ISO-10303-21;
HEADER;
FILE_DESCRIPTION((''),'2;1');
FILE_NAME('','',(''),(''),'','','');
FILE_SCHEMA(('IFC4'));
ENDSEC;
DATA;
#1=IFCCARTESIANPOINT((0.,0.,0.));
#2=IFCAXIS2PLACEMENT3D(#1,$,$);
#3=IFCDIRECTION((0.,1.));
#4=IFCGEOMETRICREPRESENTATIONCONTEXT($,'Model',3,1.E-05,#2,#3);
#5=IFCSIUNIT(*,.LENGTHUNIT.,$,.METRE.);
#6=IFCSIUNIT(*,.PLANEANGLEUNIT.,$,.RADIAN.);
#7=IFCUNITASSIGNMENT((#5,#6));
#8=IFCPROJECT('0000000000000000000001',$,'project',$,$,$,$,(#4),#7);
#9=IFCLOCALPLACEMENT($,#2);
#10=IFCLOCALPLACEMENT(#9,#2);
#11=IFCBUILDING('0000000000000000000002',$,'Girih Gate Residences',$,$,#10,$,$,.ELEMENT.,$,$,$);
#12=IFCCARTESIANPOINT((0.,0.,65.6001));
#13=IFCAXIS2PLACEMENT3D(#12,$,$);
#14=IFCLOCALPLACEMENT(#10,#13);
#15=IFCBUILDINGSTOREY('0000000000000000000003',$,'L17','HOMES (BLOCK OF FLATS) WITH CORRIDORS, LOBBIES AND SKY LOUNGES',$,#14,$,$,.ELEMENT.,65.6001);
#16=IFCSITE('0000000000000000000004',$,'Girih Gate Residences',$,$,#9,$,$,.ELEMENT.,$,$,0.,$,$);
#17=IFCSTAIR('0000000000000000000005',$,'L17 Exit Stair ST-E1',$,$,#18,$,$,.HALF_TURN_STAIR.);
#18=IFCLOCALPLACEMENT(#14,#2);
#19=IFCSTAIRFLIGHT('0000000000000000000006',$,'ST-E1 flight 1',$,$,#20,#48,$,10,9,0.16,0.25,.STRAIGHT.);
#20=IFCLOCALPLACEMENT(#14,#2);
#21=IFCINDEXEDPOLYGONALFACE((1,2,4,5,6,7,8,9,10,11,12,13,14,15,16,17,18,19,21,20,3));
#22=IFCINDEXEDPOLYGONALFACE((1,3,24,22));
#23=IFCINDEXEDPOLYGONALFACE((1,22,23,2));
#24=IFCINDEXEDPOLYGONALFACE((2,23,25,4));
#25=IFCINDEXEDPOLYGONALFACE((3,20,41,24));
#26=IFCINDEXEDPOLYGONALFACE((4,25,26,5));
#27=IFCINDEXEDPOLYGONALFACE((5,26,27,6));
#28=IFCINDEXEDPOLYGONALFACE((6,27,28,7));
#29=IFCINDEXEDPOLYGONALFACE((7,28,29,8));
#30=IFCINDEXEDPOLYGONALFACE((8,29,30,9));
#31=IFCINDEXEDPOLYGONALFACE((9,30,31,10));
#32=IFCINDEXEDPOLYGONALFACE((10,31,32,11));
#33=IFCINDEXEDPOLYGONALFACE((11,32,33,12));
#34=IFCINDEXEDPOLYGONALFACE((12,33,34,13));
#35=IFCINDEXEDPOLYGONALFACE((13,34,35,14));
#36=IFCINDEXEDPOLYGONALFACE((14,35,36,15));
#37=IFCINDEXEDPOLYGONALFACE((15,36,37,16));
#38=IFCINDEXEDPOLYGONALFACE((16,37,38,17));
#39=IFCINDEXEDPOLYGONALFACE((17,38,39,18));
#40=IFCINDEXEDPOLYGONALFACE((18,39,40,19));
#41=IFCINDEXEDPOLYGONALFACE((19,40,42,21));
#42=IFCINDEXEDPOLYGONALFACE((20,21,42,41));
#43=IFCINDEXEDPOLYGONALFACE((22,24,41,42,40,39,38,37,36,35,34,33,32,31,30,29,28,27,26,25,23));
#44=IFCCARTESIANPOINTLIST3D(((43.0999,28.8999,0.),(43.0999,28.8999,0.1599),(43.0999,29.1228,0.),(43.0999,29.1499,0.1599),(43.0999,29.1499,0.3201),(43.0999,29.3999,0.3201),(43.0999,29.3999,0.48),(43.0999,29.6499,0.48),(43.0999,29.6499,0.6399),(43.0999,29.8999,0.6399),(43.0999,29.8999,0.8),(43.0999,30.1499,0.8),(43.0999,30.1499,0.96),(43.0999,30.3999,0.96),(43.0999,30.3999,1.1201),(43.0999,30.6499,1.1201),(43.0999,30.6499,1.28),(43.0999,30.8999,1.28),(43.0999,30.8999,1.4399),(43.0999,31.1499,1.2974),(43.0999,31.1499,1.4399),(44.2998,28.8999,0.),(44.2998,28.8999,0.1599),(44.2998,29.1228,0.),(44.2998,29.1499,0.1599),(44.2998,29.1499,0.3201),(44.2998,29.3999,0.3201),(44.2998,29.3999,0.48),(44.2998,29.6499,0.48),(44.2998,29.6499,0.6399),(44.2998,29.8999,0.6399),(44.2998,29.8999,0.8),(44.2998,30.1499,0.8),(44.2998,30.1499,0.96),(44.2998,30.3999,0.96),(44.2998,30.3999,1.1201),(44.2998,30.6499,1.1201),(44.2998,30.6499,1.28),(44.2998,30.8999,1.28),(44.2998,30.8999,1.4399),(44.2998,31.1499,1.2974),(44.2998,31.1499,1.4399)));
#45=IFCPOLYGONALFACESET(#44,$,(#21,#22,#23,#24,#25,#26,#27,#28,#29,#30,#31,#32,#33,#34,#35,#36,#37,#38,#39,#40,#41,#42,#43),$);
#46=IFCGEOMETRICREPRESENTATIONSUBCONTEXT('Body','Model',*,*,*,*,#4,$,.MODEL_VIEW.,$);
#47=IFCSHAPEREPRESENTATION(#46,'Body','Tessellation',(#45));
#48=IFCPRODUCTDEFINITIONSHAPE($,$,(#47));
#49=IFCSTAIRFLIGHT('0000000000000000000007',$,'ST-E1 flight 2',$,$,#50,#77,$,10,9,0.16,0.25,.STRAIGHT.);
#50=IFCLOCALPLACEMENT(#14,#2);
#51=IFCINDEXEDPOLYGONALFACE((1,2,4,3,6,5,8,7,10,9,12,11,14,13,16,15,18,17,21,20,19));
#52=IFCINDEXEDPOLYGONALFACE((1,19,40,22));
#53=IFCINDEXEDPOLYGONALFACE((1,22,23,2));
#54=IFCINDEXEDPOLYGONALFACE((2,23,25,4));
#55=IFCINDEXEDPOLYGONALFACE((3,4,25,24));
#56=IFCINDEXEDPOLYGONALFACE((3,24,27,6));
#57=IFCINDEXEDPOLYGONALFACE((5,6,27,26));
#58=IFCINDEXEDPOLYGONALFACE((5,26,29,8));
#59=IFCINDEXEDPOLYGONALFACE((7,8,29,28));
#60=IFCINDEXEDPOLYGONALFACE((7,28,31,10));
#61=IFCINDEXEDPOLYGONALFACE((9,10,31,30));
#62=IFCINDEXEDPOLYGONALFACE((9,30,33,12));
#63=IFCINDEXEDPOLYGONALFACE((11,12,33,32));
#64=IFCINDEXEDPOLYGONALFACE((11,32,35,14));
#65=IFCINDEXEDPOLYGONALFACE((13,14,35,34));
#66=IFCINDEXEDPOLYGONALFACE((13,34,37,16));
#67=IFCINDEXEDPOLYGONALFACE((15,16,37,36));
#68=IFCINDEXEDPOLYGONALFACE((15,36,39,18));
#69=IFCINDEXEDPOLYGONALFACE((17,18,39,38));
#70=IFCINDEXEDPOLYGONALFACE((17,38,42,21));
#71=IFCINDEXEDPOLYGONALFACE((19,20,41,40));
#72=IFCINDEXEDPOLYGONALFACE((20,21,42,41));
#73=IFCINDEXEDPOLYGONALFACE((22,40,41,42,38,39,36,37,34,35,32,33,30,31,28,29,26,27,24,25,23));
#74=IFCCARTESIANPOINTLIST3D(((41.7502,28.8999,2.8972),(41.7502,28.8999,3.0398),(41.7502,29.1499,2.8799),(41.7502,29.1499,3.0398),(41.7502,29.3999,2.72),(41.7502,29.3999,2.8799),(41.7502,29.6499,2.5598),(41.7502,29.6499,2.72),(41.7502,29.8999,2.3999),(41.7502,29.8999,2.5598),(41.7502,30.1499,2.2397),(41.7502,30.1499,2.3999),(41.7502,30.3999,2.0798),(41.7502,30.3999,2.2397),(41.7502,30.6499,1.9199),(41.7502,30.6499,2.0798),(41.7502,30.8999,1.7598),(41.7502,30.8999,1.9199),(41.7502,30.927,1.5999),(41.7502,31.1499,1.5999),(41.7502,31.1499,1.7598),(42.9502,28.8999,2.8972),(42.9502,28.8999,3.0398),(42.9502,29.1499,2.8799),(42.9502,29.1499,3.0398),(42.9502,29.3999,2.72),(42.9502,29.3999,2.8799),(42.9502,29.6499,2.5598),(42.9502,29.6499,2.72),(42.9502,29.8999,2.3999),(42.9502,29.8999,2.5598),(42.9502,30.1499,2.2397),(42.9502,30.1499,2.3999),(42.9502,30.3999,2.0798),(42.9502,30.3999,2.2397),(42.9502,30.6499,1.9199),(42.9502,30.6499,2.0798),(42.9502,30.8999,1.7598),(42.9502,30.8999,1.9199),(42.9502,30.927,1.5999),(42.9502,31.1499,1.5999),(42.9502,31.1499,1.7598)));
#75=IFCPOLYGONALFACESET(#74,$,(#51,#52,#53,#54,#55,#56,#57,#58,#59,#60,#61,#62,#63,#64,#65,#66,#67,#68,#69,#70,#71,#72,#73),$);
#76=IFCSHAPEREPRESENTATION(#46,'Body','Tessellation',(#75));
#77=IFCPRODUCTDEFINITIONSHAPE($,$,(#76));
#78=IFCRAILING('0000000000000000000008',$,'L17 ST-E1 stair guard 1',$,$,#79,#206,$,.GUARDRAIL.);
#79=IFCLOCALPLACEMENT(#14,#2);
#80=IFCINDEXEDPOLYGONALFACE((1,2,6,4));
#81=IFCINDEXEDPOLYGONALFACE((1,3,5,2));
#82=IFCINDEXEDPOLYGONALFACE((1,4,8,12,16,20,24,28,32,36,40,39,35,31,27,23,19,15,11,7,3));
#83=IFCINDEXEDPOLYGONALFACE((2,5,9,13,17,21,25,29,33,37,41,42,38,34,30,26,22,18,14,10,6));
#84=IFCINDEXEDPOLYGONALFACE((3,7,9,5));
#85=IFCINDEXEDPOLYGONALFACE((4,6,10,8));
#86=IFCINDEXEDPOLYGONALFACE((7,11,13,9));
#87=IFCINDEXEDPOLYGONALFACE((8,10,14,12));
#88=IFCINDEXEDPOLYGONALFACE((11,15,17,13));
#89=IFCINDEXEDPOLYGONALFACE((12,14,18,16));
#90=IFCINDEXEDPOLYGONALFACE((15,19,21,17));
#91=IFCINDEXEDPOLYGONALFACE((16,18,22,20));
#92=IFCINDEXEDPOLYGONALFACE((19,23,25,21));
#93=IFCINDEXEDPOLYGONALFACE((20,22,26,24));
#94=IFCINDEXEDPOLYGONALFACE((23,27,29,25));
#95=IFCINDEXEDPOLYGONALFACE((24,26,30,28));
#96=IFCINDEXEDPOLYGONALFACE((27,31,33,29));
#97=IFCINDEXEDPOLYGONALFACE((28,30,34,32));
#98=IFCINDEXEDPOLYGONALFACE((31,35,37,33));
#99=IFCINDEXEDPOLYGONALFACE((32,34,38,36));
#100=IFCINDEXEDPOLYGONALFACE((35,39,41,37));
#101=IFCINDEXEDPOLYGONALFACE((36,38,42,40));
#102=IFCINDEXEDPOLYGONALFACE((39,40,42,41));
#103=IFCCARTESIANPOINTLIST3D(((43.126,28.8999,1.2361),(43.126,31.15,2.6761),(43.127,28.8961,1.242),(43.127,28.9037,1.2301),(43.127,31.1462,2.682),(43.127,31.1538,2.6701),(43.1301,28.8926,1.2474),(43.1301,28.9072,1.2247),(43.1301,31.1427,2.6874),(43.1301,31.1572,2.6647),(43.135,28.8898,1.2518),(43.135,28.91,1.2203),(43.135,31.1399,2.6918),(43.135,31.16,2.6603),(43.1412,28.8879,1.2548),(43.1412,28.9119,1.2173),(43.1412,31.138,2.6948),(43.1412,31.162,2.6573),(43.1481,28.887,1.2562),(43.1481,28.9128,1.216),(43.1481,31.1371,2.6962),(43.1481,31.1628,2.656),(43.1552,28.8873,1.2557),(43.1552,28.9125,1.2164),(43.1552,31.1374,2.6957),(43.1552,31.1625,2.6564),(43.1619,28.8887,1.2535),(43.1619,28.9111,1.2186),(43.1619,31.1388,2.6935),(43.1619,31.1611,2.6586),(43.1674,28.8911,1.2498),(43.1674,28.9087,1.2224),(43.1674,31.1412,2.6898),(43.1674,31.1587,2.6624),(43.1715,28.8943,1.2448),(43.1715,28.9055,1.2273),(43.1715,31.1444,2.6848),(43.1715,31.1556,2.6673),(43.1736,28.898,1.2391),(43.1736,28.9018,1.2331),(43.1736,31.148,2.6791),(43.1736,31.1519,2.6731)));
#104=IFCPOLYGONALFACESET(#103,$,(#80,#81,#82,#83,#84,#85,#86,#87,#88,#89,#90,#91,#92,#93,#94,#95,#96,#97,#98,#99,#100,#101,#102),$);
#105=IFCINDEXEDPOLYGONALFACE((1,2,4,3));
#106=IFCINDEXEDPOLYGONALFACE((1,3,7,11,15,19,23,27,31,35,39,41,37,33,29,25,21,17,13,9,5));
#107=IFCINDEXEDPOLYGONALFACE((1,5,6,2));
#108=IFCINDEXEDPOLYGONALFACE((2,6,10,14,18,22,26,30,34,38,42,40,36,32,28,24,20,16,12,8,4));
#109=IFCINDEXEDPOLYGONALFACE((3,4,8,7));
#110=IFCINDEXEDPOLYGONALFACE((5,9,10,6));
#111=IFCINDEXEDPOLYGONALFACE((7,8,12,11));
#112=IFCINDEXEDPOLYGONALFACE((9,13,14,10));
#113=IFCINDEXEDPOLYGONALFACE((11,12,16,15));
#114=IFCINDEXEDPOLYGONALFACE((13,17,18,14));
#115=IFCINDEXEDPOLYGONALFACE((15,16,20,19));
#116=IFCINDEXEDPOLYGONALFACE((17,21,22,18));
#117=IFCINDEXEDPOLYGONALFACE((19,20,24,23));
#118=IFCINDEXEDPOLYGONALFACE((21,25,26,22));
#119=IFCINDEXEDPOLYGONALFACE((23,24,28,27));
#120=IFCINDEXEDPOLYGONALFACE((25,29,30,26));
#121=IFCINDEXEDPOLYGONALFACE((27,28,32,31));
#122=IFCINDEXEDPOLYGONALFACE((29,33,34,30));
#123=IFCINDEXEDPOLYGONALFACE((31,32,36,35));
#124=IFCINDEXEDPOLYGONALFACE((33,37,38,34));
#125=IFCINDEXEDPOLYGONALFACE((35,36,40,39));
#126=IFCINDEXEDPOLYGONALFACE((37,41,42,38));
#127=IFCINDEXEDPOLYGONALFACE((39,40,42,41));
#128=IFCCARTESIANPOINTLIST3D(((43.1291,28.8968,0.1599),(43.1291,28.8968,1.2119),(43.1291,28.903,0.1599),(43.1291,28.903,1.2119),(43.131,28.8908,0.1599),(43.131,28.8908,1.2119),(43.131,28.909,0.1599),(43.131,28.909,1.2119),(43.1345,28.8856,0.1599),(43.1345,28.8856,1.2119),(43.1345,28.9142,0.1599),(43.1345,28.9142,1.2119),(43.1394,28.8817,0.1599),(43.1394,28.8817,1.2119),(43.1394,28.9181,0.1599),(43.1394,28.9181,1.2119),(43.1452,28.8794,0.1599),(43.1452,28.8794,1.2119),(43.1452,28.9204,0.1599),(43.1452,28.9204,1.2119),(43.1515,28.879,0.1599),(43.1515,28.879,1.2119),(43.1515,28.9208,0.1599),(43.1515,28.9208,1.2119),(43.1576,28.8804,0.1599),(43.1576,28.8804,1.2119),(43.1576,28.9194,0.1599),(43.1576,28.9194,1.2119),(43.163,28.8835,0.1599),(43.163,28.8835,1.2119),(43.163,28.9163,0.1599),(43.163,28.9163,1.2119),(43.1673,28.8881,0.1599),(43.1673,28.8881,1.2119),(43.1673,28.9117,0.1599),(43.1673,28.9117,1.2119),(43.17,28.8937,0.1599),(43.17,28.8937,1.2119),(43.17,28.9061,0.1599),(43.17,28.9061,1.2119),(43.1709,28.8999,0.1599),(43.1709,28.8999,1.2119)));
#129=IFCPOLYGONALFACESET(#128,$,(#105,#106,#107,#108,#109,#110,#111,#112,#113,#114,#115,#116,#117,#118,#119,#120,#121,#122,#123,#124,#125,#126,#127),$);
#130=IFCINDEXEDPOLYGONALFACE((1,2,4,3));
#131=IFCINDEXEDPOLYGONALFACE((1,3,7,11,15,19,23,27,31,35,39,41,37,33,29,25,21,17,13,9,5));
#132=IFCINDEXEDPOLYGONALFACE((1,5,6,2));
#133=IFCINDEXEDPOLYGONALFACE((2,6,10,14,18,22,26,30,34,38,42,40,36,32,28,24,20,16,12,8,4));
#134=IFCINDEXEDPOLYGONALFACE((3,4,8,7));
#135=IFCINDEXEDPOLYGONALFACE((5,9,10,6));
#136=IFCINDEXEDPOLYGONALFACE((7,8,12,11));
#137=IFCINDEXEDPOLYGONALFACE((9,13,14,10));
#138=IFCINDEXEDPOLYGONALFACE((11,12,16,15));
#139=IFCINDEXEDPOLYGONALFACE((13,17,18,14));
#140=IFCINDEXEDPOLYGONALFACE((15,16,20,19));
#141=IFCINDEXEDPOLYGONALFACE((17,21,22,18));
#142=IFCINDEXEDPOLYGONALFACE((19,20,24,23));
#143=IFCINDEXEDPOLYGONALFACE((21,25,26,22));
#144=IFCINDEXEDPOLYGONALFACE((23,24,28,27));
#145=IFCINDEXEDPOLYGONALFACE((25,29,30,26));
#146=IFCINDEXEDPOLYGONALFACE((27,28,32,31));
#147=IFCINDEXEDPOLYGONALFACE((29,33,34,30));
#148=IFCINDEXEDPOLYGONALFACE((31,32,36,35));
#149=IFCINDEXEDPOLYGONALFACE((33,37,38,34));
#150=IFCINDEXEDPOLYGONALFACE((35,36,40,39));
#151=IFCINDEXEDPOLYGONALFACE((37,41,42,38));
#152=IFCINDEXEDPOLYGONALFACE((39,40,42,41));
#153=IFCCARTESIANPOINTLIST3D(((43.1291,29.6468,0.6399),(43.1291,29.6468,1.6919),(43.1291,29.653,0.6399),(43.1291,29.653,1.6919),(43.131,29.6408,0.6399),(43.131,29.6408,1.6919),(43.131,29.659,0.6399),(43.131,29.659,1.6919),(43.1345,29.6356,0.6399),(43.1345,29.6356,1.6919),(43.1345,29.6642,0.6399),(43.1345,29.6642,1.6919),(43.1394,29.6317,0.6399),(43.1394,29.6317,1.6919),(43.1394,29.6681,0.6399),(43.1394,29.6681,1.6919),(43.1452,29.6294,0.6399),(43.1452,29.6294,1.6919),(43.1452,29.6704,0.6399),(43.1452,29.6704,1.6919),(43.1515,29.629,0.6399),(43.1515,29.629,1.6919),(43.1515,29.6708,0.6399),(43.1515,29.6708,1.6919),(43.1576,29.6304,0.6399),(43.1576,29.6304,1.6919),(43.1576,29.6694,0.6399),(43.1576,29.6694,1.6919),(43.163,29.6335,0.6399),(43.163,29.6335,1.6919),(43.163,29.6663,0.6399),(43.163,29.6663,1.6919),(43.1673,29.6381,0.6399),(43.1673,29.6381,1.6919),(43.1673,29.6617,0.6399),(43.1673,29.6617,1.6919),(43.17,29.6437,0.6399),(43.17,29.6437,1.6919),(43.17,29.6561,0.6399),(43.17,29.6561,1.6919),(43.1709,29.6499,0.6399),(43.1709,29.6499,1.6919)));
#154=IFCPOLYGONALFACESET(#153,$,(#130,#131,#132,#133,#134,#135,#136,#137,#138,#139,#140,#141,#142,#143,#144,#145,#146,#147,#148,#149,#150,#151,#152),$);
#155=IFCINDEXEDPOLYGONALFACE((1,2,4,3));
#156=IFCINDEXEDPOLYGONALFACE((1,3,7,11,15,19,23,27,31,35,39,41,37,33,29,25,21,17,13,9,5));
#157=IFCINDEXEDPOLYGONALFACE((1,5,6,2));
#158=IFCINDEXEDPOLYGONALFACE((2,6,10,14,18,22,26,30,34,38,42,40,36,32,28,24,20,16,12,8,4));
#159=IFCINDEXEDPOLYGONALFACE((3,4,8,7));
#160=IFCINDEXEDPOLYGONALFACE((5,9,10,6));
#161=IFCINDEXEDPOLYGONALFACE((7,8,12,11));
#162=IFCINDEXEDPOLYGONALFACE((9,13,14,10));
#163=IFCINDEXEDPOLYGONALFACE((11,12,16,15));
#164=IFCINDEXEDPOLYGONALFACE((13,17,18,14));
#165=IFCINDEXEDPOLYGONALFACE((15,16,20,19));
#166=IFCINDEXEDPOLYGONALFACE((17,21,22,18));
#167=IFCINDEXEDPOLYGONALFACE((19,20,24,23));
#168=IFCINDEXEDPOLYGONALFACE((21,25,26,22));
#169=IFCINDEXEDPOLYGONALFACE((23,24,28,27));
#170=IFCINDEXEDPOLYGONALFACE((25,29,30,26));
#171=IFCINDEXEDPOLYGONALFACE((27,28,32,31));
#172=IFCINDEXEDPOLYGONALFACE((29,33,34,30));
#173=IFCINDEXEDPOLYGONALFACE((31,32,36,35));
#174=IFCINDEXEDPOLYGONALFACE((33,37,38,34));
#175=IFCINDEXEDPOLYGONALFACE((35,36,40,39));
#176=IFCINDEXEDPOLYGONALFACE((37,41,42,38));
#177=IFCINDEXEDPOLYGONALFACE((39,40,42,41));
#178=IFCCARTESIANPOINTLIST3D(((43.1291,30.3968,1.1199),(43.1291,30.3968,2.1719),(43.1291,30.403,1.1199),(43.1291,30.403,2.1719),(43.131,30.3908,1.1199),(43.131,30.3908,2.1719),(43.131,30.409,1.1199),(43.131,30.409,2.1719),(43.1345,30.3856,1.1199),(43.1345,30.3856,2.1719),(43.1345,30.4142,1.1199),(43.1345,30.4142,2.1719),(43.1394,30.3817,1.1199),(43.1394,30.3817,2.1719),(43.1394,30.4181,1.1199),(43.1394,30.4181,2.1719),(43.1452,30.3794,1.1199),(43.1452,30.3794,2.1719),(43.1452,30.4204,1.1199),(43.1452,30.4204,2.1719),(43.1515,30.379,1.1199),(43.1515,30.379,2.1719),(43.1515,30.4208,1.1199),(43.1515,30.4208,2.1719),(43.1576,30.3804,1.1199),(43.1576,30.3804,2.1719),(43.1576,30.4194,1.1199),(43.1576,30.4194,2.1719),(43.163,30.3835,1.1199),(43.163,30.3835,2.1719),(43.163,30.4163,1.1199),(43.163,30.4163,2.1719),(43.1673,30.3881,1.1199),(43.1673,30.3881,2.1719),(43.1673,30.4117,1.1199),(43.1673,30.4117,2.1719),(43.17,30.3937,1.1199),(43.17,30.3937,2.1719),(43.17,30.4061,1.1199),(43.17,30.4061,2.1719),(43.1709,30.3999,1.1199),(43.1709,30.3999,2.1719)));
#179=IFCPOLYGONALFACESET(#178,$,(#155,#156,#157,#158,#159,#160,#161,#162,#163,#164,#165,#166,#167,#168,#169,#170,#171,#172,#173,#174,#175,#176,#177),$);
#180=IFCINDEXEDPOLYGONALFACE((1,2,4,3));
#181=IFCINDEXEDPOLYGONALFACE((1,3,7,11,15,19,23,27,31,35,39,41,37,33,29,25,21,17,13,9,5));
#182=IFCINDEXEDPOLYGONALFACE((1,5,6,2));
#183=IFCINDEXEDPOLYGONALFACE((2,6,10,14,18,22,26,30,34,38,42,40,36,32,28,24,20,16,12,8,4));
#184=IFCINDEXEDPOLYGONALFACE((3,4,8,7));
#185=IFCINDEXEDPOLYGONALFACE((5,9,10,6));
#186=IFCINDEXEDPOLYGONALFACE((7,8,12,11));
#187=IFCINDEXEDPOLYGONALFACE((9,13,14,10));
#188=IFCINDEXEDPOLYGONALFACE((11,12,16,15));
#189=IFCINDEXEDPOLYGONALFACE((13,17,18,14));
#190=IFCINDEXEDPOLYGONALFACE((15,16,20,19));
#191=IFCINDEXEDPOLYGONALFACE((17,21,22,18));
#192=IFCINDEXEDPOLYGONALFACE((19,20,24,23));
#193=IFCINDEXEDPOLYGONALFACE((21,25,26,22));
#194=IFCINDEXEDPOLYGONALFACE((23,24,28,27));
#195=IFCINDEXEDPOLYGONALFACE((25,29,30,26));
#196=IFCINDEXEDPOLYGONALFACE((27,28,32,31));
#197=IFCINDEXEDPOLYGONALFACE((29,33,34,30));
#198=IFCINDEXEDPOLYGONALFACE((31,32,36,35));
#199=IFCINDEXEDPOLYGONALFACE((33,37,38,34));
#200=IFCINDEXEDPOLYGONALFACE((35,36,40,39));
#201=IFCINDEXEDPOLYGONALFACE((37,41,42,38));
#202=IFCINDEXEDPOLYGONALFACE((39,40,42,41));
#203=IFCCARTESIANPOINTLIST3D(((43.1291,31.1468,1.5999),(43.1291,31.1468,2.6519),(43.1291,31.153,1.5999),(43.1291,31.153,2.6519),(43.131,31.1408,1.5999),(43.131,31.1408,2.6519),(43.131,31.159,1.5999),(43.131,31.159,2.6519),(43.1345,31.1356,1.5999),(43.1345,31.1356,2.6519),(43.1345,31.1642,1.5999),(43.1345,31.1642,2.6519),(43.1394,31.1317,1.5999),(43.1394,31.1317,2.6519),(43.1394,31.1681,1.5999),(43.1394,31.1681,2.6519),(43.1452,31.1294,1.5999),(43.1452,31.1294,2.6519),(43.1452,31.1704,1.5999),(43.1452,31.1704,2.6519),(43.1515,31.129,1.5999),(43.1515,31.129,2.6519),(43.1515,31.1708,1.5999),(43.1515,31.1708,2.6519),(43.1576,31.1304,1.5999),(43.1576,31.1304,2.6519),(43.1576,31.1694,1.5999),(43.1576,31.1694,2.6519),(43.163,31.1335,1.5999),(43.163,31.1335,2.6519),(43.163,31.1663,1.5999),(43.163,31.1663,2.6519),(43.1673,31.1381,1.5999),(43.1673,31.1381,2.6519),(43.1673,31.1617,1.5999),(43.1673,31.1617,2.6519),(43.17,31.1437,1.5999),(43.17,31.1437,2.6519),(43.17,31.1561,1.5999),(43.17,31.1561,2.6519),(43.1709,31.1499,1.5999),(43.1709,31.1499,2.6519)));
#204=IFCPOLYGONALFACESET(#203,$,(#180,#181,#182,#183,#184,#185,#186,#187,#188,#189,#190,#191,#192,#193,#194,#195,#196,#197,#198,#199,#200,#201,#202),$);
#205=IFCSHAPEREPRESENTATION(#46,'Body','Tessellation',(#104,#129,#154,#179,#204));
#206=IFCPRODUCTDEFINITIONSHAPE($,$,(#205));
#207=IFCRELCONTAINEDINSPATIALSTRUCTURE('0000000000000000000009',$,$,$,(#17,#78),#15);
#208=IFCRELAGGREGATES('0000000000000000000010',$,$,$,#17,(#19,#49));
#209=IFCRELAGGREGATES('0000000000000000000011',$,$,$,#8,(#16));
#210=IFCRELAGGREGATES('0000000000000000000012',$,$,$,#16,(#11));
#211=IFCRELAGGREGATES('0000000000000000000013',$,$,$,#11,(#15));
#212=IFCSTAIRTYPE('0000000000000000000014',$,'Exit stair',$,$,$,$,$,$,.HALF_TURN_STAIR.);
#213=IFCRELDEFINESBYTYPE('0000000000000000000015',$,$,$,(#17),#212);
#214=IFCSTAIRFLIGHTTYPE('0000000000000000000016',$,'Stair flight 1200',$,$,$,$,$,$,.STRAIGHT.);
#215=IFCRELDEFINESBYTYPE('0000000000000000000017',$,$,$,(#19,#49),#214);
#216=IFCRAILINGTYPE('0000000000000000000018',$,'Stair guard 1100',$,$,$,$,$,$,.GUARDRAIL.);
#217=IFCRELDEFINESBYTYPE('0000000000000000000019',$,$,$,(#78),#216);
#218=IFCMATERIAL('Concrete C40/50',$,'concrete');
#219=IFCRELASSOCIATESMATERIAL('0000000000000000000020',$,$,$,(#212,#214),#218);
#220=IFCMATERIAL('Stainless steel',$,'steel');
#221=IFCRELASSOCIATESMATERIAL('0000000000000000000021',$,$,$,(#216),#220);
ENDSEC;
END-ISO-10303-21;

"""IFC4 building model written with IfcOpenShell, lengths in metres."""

from ifc_helpers import new_model, si_unit, direction, frame, origin, origin_2d, place, context, subcontext, project, spatial, polyline, circle, outline, extrude, material, type_object, element, aggregate, save


model = new_model("IFC4")

# Units and contexts
model_context = context("Model", 3, precision=1e-05, world=origin(), true_north=direction((0.0, 1.0)))
body_context = subcontext(model_context, "Body", "Model", "MODEL_VIEW")
ifc_project = project(units=[si_unit("LENGTHUNIT", "METRE"), si_unit("PLANEANGLEUNIT", "RADIAN")], contexts=[model_context])

# Site, building, storey
site_placement = place(None, origin())
site = spatial("IfcSite", under=ifc_project, at=site_placement, Name="Girih Gate Residences", CompositionType="ELEMENT", RefElevation=0.0)
building_placement = place(site_placement, origin())
building = spatial("IfcBuilding", under=site, at=building_placement, Name="Girih Gate Residences", CompositionType="ELEMENT")
storey_placement = place(building_placement, frame((0.0, 0.0, 65.6001)))
storey = spatial("IfcBuildingStorey", under=building, at=storey_placement, Name="L17", Description="HOMES (BLOCK OF FLATS) WITH CORRIDORS, LOBBIES AND SKY LOUNGES", CompositionType="ELEMENT", Elevation=65.6001)

# Shared definitions
ifc_material_1 = material(Name="Concrete C40/50", Category="concrete")

# Stair, stair flights
stair_type = type_object("IfcStairType", Name="Exit stair", PredefinedType="HALF_TURN_STAIR", material=ifc_material_1)
stair_placement = place(storey_placement, origin())
stair = element("IfcStair", 1, at=stair_placement, inside=storey, type_object=stair_type, Name="L17 Exit Stair ST-E1", PredefinedType="HALF_TURN_STAIR")
stair_flight_type = type_object("IfcStairFlightType", Name="Stair flight 1200", PredefinedType="STRAIGHT", material=ifc_material_1)
stair_flight_1_placement = place(storey_placement, frame((43.7, 28.8999, 0.0), z_axis=(0.0, 0.0, 1.0), x_axis=(0.0, 1.0, 0.0)))
stair_flight_1 = element("IfcStairFlight", 2, at=stair_flight_1_placement, type_object=stair_flight_type, Name="ST-E1 flight 1", NumberOfRisers=10, NumberOfTreads=9, PredefinedType="STRAIGHT", RiserHeight=0.16, TreadLength=0.25, context=body_context, shape_type="SweptSolid", body=[
    extrude(outline(polyline([(0.0, 0.0), (0.0, 0.1599), (0.25, 0.1599), (0.25, 0.3201), (0.5, 0.3201), (0.5, 0.48), (0.75, 0.48), (0.75, 0.6399), (1.0, 0.6399), (1.0, 0.8), (1.25, 0.8), (1.25, 0.96), (1.5, 0.96), (1.5, 1.1201), (1.75, 1.1201), (1.75, 1.28), (2.0, 1.28), (2.0, 1.4399), (2.25, 1.4399), (2.25, 1.6001), (2.25, 1.2974), (0.2229, 0.0), (0.0, 0.0)])), frame((0.0, 0.6001, 0.0), z_axis=(0.0, -1.0, 0.0), x_axis=(1.0, 0.0, 0.0)), (0.0, 0.0, 1.0), 1.2),
])
stair_flight_2_placement = place(storey_placement, frame((42.3501, 31.1499, 1.5999), z_axis=(0.0, 0.0, 1.0), x_axis=(0.0, -1.0, 0.0)))
stair_flight_2 = element("IfcStairFlight", 3, at=stair_flight_2_placement, type_object=stair_flight_type, Name="ST-E1 flight 2", NumberOfRisers=10, NumberOfTreads=9, PredefinedType="STRAIGHT", RiserHeight=0.16, TreadLength=0.25, context=body_context, shape_type="SweptSolid", body=[
    extrude(outline(polyline([(0.0, 0.0), (0.0, 0.1599), (0.25, 0.1599), (0.25, 0.3201), (0.5, 0.3201), (0.5, 0.48), (0.75, 0.48), (0.75, 0.6399), (1.0, 0.6399), (1.0, 0.8), (1.25, 0.8), (1.25, 0.96), (1.5, 0.96), (1.5, 1.1201), (1.75, 1.1201), (1.75, 1.28), (2.0, 1.28), (2.0, 1.4399), (2.25, 1.4399), (2.25, 1.6001), (2.25, 1.2974), (0.2229, 0.0), (0.0, 0.0)])), frame((0.0, 0.6001, 0.0), z_axis=(0.0, -1.0, 0.0), x_axis=(1.0, 0.0, 0.0)), (0.0, 0.0, 1.0), 1.2),
])
aggregate(stair, [stair_flight_1, stair_flight_2])

# Railing
ifc_material_2 = material(Name="Stainless steel", Category="steel")
railing_type_1 = type_object("IfcRailingType", Name="Stair guard 1100", PredefinedType="GUARDRAIL", material=ifc_material_2)
railing_1_placement = place(storey_placement, frame((43.1499, 28.8999, 0.1599)))
element("IfcRailing", 4, at=railing_1_placement, inside=storey, type_object=railing_type_1, Name="L17 ST-E1 stair guard 1", PredefinedType="GUARDRAIL", context=body_context, shape_type="SweptSolid", body=[
    extrude(circle(Radius=0.0239, at=origin_2d()), frame((0.0, 0.0, 1.0762), z_axis=(0.0, 0.842281, 0.539038), x_axis=(-1.0, 0.0, 0.0)), (0.0, 0.0, 1.0), 2.6714),
    extrude(circle(Radius=0.021, at=origin_2d()), origin(), (0.0, 0.0, 1.0), 1.052),
    extrude(circle(Radius=0.021, at=origin_2d()), frame((0.0, 0.75, 0.48)), (0.0, 0.0, 1.0), 1.052),
    extrude(circle(Radius=0.021, at=origin_2d()), frame((0.0, 1.5, 0.96)), (0.0, 0.0, 1.0), 1.052),
    extrude(circle(Radius=0.021, at=origin_2d()), frame((0.0, 2.25, 1.4399)), (0.0, 0.0, 1.0), 1.052),
])

save(model, "model.ifc")
